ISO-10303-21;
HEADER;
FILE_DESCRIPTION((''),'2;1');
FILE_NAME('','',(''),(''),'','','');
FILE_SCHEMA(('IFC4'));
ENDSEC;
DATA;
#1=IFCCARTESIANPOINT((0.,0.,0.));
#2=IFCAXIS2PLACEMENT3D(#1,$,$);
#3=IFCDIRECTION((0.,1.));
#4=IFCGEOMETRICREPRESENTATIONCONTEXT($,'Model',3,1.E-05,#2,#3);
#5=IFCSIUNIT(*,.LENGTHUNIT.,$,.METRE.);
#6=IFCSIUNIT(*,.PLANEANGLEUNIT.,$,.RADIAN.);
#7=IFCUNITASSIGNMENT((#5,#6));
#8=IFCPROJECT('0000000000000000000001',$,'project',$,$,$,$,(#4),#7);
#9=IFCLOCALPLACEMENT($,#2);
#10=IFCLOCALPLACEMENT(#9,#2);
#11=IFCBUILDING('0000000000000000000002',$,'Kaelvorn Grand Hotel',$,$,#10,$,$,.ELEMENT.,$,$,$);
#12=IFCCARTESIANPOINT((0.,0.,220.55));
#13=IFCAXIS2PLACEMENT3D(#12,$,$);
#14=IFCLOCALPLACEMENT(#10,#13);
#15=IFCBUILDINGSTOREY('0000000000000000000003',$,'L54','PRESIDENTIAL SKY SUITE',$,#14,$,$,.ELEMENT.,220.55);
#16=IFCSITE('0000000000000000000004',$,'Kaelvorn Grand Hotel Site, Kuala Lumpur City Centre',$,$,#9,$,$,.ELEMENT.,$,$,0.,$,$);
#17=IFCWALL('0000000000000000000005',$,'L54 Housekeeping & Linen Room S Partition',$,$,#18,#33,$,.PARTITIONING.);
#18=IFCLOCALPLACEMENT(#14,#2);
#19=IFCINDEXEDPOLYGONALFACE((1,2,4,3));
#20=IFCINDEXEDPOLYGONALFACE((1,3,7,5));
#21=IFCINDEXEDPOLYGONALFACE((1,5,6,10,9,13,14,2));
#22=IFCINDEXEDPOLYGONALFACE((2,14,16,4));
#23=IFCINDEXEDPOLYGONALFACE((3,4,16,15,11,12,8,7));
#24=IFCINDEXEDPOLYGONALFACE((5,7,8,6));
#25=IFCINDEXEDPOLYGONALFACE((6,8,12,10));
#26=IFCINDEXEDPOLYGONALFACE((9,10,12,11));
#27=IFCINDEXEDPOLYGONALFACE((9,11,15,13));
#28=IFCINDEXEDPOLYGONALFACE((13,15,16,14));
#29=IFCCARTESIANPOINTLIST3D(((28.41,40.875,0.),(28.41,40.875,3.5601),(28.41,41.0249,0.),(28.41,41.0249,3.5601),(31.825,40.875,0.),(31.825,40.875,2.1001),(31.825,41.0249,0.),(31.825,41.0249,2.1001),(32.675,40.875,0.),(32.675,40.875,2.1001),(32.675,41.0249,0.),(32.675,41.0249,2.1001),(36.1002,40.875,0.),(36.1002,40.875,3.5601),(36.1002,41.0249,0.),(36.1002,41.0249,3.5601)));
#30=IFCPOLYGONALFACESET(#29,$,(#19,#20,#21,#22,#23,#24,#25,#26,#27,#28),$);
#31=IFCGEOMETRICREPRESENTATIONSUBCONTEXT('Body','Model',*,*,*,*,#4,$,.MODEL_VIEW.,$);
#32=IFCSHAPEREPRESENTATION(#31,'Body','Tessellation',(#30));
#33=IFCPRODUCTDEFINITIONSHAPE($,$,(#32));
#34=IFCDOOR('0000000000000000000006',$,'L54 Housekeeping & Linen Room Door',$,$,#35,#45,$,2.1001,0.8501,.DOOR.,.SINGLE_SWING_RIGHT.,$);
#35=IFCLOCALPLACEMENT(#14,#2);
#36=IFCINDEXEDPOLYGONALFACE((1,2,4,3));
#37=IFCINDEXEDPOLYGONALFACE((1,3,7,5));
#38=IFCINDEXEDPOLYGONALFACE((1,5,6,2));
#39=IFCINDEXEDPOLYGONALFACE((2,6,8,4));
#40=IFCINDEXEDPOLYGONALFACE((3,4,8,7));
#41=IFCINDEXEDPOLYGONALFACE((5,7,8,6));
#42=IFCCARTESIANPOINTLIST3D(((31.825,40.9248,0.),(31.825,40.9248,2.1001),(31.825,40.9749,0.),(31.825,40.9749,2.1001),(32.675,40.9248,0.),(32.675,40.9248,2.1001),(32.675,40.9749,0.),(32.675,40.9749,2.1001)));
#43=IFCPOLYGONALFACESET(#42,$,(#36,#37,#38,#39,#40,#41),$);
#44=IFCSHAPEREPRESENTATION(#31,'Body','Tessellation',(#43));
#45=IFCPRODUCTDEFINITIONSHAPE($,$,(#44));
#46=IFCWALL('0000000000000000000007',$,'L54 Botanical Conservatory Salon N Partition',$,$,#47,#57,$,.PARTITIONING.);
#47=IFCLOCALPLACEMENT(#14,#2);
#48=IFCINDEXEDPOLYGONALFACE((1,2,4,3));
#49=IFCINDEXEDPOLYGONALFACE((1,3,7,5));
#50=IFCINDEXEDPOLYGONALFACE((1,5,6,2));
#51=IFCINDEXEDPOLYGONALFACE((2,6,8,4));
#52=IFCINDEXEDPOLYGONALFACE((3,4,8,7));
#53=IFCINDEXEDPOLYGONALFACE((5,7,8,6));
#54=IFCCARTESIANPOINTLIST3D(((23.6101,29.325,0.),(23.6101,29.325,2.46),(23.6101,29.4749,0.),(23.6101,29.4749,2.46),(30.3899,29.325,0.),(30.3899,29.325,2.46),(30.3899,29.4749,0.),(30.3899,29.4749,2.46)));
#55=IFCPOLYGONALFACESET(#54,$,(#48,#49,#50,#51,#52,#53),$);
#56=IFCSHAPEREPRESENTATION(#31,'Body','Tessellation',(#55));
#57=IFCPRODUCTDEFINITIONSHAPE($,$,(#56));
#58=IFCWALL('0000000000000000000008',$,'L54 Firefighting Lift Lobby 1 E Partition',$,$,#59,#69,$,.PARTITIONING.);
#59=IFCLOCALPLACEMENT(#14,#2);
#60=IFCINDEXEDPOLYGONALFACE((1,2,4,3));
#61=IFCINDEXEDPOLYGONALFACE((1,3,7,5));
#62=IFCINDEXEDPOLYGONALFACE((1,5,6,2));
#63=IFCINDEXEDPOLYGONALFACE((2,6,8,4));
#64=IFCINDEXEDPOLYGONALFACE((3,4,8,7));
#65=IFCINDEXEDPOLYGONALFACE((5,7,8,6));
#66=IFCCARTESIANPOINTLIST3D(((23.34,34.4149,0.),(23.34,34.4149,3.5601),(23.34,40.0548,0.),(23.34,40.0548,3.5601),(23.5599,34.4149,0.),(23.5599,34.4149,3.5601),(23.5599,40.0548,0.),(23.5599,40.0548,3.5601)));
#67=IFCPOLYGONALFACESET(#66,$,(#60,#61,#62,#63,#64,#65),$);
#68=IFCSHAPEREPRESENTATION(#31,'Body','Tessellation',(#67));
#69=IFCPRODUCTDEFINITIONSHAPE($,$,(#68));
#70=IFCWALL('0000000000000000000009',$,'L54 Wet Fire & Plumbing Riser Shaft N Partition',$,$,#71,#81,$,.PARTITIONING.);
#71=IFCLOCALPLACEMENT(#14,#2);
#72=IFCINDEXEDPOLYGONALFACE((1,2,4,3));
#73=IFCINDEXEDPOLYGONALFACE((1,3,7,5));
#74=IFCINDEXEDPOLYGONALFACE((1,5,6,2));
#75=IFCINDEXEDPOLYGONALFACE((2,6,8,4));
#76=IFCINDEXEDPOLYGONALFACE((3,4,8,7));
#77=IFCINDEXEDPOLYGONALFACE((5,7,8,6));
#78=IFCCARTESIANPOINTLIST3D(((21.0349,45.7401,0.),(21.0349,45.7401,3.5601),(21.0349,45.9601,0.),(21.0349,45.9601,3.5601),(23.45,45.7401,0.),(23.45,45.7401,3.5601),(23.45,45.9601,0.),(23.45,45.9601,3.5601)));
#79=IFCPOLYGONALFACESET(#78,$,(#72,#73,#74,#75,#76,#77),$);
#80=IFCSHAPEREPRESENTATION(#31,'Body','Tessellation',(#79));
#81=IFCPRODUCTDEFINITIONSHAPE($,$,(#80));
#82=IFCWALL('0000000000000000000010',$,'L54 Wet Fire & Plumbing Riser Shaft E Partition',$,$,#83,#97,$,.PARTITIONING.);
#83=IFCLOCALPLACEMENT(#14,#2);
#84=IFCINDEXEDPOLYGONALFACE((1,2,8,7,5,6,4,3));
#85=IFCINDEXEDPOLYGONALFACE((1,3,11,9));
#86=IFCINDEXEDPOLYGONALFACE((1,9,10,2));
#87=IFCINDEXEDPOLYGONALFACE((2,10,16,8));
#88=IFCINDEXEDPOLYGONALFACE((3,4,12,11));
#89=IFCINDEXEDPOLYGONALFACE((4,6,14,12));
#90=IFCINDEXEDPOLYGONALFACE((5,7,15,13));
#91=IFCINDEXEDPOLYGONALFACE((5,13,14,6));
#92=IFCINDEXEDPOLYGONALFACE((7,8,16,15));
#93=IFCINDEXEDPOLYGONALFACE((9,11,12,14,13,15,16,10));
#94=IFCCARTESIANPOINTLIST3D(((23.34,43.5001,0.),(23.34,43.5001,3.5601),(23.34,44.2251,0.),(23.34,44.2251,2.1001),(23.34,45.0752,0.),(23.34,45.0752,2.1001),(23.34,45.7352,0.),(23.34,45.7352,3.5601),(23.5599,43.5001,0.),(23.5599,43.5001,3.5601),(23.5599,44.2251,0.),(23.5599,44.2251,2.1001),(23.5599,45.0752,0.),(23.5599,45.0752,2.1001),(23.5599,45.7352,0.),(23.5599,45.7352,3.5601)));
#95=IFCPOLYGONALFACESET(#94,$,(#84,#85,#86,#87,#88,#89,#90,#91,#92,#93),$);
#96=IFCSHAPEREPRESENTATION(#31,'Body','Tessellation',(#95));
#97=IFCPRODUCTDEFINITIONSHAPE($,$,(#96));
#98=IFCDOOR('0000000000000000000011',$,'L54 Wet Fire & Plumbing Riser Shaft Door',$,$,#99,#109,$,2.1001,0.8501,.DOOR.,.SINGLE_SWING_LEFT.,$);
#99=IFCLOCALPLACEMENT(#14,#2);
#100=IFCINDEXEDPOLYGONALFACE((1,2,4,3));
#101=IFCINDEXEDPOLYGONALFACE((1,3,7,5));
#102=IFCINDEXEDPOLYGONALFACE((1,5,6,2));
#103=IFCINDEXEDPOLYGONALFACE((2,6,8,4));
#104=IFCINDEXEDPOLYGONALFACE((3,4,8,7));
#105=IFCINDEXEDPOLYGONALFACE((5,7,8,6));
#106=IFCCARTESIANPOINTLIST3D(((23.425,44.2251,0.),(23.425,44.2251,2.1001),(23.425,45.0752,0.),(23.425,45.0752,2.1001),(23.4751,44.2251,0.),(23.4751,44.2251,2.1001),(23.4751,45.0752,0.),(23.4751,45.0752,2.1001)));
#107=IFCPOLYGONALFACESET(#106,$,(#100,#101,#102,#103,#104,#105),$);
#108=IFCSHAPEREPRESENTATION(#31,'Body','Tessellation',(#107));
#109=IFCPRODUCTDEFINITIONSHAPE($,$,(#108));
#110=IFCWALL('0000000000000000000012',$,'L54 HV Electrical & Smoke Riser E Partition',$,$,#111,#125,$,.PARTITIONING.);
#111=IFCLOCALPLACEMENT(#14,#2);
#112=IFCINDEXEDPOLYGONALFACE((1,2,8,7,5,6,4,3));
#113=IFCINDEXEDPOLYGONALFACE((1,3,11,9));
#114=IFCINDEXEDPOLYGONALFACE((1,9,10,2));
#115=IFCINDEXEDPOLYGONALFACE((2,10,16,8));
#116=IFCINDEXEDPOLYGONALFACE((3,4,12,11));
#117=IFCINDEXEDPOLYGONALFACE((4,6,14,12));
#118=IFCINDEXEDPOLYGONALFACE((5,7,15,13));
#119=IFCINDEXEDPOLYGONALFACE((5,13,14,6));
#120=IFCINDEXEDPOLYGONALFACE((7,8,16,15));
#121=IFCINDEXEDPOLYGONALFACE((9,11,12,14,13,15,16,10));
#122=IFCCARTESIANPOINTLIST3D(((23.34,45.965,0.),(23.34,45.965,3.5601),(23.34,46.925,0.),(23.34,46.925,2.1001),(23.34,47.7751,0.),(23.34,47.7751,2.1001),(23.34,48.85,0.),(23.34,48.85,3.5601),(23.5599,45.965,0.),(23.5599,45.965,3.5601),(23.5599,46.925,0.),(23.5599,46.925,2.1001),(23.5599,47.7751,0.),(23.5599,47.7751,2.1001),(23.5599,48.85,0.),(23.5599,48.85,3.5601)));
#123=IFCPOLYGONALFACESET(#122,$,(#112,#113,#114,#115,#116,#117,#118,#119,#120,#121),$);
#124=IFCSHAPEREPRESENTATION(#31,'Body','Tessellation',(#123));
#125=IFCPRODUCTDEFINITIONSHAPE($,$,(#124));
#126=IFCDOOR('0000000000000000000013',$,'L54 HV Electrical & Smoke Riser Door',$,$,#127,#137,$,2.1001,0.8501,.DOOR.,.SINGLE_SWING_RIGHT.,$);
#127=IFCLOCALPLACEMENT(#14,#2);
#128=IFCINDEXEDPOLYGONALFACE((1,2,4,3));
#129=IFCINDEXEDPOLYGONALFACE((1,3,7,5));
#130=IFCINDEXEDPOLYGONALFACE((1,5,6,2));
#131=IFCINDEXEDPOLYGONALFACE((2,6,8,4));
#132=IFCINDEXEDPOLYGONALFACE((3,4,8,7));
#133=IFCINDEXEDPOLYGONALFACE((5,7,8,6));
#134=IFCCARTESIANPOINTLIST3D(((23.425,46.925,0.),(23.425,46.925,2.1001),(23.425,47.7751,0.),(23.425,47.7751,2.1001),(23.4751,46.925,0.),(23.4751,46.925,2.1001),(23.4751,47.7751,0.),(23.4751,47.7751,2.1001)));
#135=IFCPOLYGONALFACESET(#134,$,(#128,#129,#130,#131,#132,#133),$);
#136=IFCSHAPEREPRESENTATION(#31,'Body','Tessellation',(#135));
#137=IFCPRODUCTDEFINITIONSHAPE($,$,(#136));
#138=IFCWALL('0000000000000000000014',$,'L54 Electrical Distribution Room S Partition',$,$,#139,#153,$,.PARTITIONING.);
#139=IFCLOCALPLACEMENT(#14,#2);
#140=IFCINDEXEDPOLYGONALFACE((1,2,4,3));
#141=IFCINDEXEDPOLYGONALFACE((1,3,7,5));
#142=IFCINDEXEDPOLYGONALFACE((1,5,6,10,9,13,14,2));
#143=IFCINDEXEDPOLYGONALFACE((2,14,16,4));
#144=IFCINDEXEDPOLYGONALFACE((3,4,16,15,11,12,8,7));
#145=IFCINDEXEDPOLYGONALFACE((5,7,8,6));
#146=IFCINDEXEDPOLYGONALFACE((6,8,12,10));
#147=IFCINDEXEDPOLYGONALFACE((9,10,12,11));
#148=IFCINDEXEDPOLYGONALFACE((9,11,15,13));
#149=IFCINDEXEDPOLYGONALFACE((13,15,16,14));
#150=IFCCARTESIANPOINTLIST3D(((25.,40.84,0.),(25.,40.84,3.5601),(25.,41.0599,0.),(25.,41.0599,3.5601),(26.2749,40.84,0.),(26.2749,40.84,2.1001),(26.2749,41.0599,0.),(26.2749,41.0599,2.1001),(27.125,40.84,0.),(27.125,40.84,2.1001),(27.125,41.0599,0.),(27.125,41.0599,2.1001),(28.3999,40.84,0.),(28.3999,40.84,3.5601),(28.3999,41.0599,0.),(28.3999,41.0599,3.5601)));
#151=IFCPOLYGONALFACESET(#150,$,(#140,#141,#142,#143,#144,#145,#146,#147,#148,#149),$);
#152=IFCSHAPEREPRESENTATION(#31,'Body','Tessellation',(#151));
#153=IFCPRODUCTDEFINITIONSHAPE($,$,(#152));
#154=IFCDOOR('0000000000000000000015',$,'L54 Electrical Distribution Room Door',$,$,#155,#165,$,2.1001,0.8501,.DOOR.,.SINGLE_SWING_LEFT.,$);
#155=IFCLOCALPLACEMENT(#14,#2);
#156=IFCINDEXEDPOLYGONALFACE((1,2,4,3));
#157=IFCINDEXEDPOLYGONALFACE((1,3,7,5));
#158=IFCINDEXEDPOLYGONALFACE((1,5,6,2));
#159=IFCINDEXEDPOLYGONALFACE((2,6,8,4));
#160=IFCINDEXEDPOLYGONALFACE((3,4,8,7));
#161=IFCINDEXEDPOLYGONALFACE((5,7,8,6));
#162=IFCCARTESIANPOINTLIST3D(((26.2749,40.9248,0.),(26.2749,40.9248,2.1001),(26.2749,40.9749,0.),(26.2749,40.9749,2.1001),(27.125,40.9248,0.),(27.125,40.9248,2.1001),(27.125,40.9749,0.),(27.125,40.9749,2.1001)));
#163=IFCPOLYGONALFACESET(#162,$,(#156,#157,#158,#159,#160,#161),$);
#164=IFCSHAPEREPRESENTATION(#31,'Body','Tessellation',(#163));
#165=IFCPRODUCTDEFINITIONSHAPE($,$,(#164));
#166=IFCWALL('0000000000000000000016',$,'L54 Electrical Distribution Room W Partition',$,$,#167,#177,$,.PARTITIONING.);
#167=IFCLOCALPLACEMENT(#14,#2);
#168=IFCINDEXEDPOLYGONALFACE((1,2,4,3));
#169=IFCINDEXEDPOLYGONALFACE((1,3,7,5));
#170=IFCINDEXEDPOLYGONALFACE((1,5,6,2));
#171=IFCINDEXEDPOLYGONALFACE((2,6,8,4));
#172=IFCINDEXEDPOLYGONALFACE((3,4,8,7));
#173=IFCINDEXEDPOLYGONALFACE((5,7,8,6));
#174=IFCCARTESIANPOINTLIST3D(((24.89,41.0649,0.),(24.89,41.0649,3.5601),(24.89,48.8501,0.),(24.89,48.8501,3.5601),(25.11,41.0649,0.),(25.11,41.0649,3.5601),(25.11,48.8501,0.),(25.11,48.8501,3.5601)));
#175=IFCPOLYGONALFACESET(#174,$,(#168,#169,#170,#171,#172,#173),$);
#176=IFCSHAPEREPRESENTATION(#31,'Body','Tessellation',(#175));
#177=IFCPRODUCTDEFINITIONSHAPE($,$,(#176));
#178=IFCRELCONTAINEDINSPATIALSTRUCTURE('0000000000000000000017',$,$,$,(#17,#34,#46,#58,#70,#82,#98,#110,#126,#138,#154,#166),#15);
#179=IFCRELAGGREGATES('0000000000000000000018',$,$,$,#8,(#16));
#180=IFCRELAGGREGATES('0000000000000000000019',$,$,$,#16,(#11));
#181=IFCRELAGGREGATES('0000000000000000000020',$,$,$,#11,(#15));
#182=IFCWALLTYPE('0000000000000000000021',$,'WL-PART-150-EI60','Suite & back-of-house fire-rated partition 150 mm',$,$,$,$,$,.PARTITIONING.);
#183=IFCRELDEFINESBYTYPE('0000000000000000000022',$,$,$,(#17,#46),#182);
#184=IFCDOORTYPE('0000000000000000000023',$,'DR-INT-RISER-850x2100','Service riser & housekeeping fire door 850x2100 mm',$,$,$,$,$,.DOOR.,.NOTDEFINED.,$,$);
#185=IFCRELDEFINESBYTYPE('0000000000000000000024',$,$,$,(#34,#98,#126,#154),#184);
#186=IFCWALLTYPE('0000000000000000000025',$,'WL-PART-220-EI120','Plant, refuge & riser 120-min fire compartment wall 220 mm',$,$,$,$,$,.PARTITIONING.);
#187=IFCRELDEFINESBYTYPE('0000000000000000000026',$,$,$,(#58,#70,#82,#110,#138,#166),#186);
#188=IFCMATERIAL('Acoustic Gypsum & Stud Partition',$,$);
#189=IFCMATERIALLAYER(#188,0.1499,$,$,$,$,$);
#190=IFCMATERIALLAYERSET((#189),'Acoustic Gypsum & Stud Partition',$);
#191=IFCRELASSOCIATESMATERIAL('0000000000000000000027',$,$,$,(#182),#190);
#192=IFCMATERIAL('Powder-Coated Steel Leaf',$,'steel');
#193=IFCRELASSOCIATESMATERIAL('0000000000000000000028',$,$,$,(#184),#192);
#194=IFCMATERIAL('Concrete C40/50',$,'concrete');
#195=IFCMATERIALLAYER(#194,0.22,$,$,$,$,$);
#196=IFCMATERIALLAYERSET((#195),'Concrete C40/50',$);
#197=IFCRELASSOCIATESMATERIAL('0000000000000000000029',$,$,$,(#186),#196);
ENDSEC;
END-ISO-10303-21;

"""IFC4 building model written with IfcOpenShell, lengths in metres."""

from ifc_helpers import new_model, si_unit, direction, frame, frame_2d, origin, place, context, subcontext, project, spatial, rectangle, extrude, material, layer, layer_set, type_object, element, fill, save


model = new_model("IFC4")

# Units and contexts
model_context = context("Model", 3, precision=1e-05, world=origin(), true_north=direction((0.0, 1.0)))
body_context = subcontext(model_context, "Body", "Model", "MODEL_VIEW")
ifc_project = project(units=[si_unit("LENGTHUNIT", "METRE"), si_unit("PLANEANGLEUNIT", "RADIAN")], contexts=[model_context])

# Site, building, storey
site_placement = place(None, origin())
site = spatial("IfcSite", under=ifc_project, at=site_placement, Name="Kaelvorn Grand Hotel Site, Kuala Lumpur City Centre", CompositionType="ELEMENT", RefElevation=0.0)
building_placement = place(site_placement, origin())
building = spatial("IfcBuilding", under=site, at=building_placement, Name="Kaelvorn Grand Hotel", CompositionType="ELEMENT")
storey_placement = place(building_placement, frame((0.0, 0.0, 220.55)))
storey = spatial("IfcBuildingStorey", under=building, at=storey_placement, Name="L54", Description="PRESIDENTIAL SKY SUITE", CompositionType="ELEMENT", Elevation=220.55)

# Shared definitions
ifc_material_1 = material(Name="Acoustic Gypsum & Stud Partition")
ifc_layer_1 = layer(ifc_material_1, 0.1499)
ifc_layer_set_1 = layer_set([ifc_layer_1], Name="Acoustic Gypsum & Stud Partition")
wall_type_1 = type_object("IfcWallType", Name="WL-PART-150-EI60", Description="Suite & back-of-house fire-rated partition 150 mm", PredefinedType="PARTITIONING", material=ifc_layer_set_1)

# Wall, opening, door
wall_1_placement = place(storey_placement, frame((28.4099, 40.95, 0.0), z_axis=(0.0, 0.0, 1.0), x_axis=(1.0, 0.0, 0.0)))
wall_1 = element("IfcWall", 1, at=wall_1_placement, inside=storey, type_object=wall_type_1, Name="L54 Housekeeping & Linen Room S Partition", PredefinedType="PARTITIONING", context=body_context, shape_type="SweptSolid", body=[
    extrude(rectangle(XDim=7.6902, YDim=0.1499, at=frame_2d((3.8452, 0.0))), origin(), (0.0, 0.0, 1.0), 3.5601),
])
opening_1_placement = place(wall_1_placement, frame((3.415, 0.0, 0.0)))
opening_1 = element("IfcOpeningElement", 2, at=opening_1_placement, cuts=wall_1, PredefinedType="OPENING", context=body_context, shape_type="SweptSolid", body=[
    extrude(rectangle(XDim=0.8501, YDim=2.1001, at=frame_2d((0.425, 1.05))), frame((0.0, 0.085, 0.0), z_axis=(0.0, -1.0, 0.0), x_axis=(1.0, 0.0, 0.0)), (0.0, 0.0, 1.0), 0.1699),
])
ifc_material_2 = material(Name="Powder-Coated Steel Leaf", Category="steel")
door_type_1 = type_object("IfcDoorType", Name="DR-INT-RISER-850x2100", Description="Service riser & housekeeping fire door 850x2100 mm", OperationType="NOTDEFINED", PredefinedType="DOOR", material=ifc_material_2)
door_1_placement = place(opening_1_placement, origin())
door_1 = element("IfcDoor", 3, at=door_1_placement, inside=storey, type_object=door_type_1, Name="L54 Housekeeping & Linen Room Door", OperationType="SINGLE_SWING_RIGHT", OverallHeight=2.1001, OverallWidth=0.8501, PredefinedType="DOOR", context=body_context, shape_type="SweptSolid", body=[
    extrude(rectangle(XDim=0.8501, YDim=2.1001, at=frame_2d((0.425, 1.05))), frame((0.0, 0.0249, 0.0), z_axis=(0.0, -1.0, 0.0), x_axis=(1.0, 0.0, 0.0)), (0.0, 0.0, 1.0), 0.05),
])
fill(opening_1, door_1)

# Walls
wall_2_placement = place(storey_placement, frame((23.6101, 29.3999, 0.0), z_axis=(0.0, 0.0, 1.0), x_axis=(1.0, 0.0, 0.0)))
element("IfcWall", 4, at=wall_2_placement, inside=storey, type_object=wall_type_1, Name="L54 Botanical Conservatory Salon N Partition", PredefinedType="PARTITIONING", context=body_context, shape_type="SweptSolid", body=[
    extrude(rectangle(XDim=6.7798, YDim=0.1499, at=frame_2d((3.3899, 0.0))), origin(), (0.0, 0.0, 1.0), 2.46),
])
ifc_material_3 = material(Name="Concrete C40/50", Category="concrete")
ifc_layer_2 = layer(ifc_material_3, 0.22)
ifc_layer_set_2 = layer_set([ifc_layer_2], Name="Concrete C40/50")
wall_type_2 = type_object("IfcWallType", Name="WL-PART-220-EI120", Description="Plant, refuge & riser 120-min fire compartment wall 220 mm", PredefinedType="PARTITIONING", material=ifc_layer_set_2)
wall_3_placement = place(storey_placement, frame((23.45, 34.415, 0.0), z_axis=(0.0, 0.0, 1.0), x_axis=(0.0, 1.0, 0.0)))
element("IfcWall", 5, at=wall_3_placement, inside=storey, type_object=wall_type_2, Name="L54 Firefighting Lift Lobby 1 E Partition", PredefinedType="PARTITIONING", context=body_context, shape_type="SweptSolid", body=[
    extrude(rectangle(XDim=5.6399, YDim=0.22, at=frame_2d((2.8198, 0.0))), origin(), (0.0, 0.0, 1.0), 3.5601),
])
wall_4_placement = place(storey_placement, frame((21.0349, 45.8501, 0.0), z_axis=(0.0, 0.0, 1.0), x_axis=(1.0, 0.0, 0.0)))
element("IfcWall", 6, at=wall_4_placement, inside=storey, type_object=wall_type_2, Name="L54 Wet Fire & Plumbing Riser Shaft N Partition", PredefinedType="PARTITIONING", context=body_context, shape_type="SweptSolid", body=[
    extrude(rectangle(XDim=2.415, YDim=0.22, at=frame_2d((1.2075, 0.0))), origin(), (0.0, 0.0, 1.0), 3.5601),
])

# Walls, openings, doors
wall_5_placement = place(storey_placement, frame((23.45, 43.5, 0.0), z_axis=(0.0, 0.0, 1.0), x_axis=(0.0, 1.0, 0.0)))
wall_5 = element("IfcWall", 7, at=wall_5_placement, inside=storey, type_object=wall_type_2, Name="L54 Wet Fire & Plumbing Riser Shaft E Partition", PredefinedType="PARTITIONING", context=body_context, shape_type="SweptSolid", body=[
    extrude(rectangle(XDim=2.2351, YDim=0.22, at=frame_2d((1.1177, 0.0))), origin(), (0.0, 0.0, 1.0), 3.5601),
])
opening_2_placement = place(wall_5_placement, frame((0.7251, 0.0, 0.0)))
opening_2 = element("IfcOpeningElement", 8, at=opening_2_placement, cuts=wall_5, PredefinedType="OPENING", context=body_context, shape_type="SweptSolid", body=[
    extrude(rectangle(XDim=0.8501, YDim=2.1001, at=frame_2d((0.425, 1.05))), frame((0.0, 0.1201, 0.0), z_axis=(0.0, -1.0, 0.0), x_axis=(1.0, 0.0, 0.0)), (0.0, 0.0, 1.0), 0.24),
])
door_2_placement = place(opening_2_placement, origin())
door_2 = element("IfcDoor", 9, at=door_2_placement, inside=storey, type_object=door_type_1, Name="L54 Wet Fire & Plumbing Riser Shaft Door", OperationType="SINGLE_SWING_LEFT", OverallHeight=2.1001, OverallWidth=0.8501, PredefinedType="DOOR", context=body_context, shape_type="SweptSolid", body=[
    extrude(rectangle(XDim=0.8501, YDim=2.1001, at=frame_2d((0.425, 1.05))), frame((0.0, 0.0249, 0.0), z_axis=(0.0, -1.0, 0.0), x_axis=(1.0, 0.0, 0.0)), (0.0, 0.0, 1.0), 0.05),
])
fill(opening_2, door_2)
wall_6_placement = place(storey_placement, frame((23.45, 45.9651, 0.0), z_axis=(0.0, 0.0, 1.0), x_axis=(0.0, 1.0, 0.0)))
wall_6 = element("IfcWall", 10, at=wall_6_placement, inside=storey, type_object=wall_type_2, Name="L54 HV Electrical & Smoke Riser E Partition", PredefinedType="PARTITIONING", context=body_context, shape_type="SweptSolid", body=[
    extrude(rectangle(XDim=2.885, YDim=0.22, at=frame_2d((1.4424, 0.0))), origin(), (0.0, 0.0, 1.0), 3.5601),
])
opening_3_placement = place(wall_6_placement, frame((0.96, 0.0, 0.0)))
opening_3 = element("IfcOpeningElement", 11, at=opening_3_placement, cuts=wall_6, PredefinedType="OPENING", context=body_context, shape_type="SweptSolid", body=[
    extrude(rectangle(XDim=0.8501, YDim=2.1001, at=frame_2d((0.425, 1.05))), frame((0.0, 0.1201, 0.0), z_axis=(0.0, -1.0, 0.0), x_axis=(1.0, 0.0, 0.0)), (0.0, 0.0, 1.0), 0.24),
])
door_3_placement = place(opening_3_placement, origin())
door_3 = element("IfcDoor", 12, at=door_3_placement, inside=storey, type_object=door_type_1, Name="L54 HV Electrical & Smoke Riser Door", OperationType="SINGLE_SWING_RIGHT", OverallHeight=2.1001, OverallWidth=0.8501, PredefinedType="DOOR", context=body_context, shape_type="SweptSolid", body=[
    extrude(rectangle(XDim=0.8501, YDim=2.1001, at=frame_2d((0.425, 1.05))), frame((0.0, 0.0249, 0.0), z_axis=(0.0, -1.0, 0.0), x_axis=(1.0, 0.0, 0.0)), (0.0, 0.0, 1.0), 0.05),
])
fill(opening_3, door_3)
wall_7_placement = place(storey_placement, frame((25.0, 40.95, 0.0), z_axis=(0.0, 0.0, 1.0), x_axis=(1.0, 0.0, 0.0)))
wall_7 = element("IfcWall", 13, at=wall_7_placement, inside=storey, type_object=wall_type_2, Name="L54 Electrical Distribution Room S Partition", PredefinedType="PARTITIONING", context=body_context, shape_type="SweptSolid", body=[
    extrude(rectangle(XDim=3.3999, YDim=0.22, at=frame_2d((1.7, 0.0))), origin(), (0.0, 0.0, 1.0), 3.5601),
])
opening_4_placement = place(wall_7_placement, frame((1.2749, 0.0, 0.0)))
opening_4 = element("IfcOpeningElement", 14, at=opening_4_placement, cuts=wall_7, PredefinedType="OPENING", context=body_context, shape_type="SweptSolid", body=[
    extrude(rectangle(XDim=0.8501, YDim=2.1001, at=frame_2d((0.425, 1.05))), frame((0.0, 0.1201, 0.0), z_axis=(0.0, -1.0, 0.0), x_axis=(1.0, 0.0, 0.0)), (0.0, 0.0, 1.0), 0.24),
])
door_4_placement = place(opening_4_placement, origin())
door_4 = element("IfcDoor", 15, at=door_4_placement, inside=storey, type_object=door_type_1, Name="L54 Electrical Distribution Room Door", OperationType="SINGLE_SWING_LEFT", OverallHeight=2.1001, OverallWidth=0.8501, PredefinedType="DOOR", context=body_context, shape_type="SweptSolid", body=[
    extrude(rectangle(XDim=0.8501, YDim=2.1001, at=frame_2d((0.425, 1.05))), frame((0.0, 0.0249, 0.0), z_axis=(0.0, -1.0, 0.0), x_axis=(1.0, 0.0, 0.0)), (0.0, 0.0, 1.0), 0.05),
])
fill(opening_4, door_4)

# Wall
for number, where, z_axis, x_axis, name in (
    (16, (25.0, 41.0649, 0.0), (0.0, 0.0, 1.0), (0.0, 1.0, 0.0), "L54 Electrical Distribution Room W Partition"),
):
    element("IfcWall", number, at=place(storey_placement, frame(where, z_axis=z_axis, x_axis=x_axis)), inside=storey, type_object=wall_type_2, Name=name, PredefinedType="PARTITIONING", context=body_context, shape_type="SweptSolid", body=[
        extrude(rectangle(XDim=7.7852, YDim=0.22, at=frame_2d((3.8926, 0.0))), origin(), (0.0, 0.0, 1.0), 3.5601),
    ])

save(model, "model.ifc")
